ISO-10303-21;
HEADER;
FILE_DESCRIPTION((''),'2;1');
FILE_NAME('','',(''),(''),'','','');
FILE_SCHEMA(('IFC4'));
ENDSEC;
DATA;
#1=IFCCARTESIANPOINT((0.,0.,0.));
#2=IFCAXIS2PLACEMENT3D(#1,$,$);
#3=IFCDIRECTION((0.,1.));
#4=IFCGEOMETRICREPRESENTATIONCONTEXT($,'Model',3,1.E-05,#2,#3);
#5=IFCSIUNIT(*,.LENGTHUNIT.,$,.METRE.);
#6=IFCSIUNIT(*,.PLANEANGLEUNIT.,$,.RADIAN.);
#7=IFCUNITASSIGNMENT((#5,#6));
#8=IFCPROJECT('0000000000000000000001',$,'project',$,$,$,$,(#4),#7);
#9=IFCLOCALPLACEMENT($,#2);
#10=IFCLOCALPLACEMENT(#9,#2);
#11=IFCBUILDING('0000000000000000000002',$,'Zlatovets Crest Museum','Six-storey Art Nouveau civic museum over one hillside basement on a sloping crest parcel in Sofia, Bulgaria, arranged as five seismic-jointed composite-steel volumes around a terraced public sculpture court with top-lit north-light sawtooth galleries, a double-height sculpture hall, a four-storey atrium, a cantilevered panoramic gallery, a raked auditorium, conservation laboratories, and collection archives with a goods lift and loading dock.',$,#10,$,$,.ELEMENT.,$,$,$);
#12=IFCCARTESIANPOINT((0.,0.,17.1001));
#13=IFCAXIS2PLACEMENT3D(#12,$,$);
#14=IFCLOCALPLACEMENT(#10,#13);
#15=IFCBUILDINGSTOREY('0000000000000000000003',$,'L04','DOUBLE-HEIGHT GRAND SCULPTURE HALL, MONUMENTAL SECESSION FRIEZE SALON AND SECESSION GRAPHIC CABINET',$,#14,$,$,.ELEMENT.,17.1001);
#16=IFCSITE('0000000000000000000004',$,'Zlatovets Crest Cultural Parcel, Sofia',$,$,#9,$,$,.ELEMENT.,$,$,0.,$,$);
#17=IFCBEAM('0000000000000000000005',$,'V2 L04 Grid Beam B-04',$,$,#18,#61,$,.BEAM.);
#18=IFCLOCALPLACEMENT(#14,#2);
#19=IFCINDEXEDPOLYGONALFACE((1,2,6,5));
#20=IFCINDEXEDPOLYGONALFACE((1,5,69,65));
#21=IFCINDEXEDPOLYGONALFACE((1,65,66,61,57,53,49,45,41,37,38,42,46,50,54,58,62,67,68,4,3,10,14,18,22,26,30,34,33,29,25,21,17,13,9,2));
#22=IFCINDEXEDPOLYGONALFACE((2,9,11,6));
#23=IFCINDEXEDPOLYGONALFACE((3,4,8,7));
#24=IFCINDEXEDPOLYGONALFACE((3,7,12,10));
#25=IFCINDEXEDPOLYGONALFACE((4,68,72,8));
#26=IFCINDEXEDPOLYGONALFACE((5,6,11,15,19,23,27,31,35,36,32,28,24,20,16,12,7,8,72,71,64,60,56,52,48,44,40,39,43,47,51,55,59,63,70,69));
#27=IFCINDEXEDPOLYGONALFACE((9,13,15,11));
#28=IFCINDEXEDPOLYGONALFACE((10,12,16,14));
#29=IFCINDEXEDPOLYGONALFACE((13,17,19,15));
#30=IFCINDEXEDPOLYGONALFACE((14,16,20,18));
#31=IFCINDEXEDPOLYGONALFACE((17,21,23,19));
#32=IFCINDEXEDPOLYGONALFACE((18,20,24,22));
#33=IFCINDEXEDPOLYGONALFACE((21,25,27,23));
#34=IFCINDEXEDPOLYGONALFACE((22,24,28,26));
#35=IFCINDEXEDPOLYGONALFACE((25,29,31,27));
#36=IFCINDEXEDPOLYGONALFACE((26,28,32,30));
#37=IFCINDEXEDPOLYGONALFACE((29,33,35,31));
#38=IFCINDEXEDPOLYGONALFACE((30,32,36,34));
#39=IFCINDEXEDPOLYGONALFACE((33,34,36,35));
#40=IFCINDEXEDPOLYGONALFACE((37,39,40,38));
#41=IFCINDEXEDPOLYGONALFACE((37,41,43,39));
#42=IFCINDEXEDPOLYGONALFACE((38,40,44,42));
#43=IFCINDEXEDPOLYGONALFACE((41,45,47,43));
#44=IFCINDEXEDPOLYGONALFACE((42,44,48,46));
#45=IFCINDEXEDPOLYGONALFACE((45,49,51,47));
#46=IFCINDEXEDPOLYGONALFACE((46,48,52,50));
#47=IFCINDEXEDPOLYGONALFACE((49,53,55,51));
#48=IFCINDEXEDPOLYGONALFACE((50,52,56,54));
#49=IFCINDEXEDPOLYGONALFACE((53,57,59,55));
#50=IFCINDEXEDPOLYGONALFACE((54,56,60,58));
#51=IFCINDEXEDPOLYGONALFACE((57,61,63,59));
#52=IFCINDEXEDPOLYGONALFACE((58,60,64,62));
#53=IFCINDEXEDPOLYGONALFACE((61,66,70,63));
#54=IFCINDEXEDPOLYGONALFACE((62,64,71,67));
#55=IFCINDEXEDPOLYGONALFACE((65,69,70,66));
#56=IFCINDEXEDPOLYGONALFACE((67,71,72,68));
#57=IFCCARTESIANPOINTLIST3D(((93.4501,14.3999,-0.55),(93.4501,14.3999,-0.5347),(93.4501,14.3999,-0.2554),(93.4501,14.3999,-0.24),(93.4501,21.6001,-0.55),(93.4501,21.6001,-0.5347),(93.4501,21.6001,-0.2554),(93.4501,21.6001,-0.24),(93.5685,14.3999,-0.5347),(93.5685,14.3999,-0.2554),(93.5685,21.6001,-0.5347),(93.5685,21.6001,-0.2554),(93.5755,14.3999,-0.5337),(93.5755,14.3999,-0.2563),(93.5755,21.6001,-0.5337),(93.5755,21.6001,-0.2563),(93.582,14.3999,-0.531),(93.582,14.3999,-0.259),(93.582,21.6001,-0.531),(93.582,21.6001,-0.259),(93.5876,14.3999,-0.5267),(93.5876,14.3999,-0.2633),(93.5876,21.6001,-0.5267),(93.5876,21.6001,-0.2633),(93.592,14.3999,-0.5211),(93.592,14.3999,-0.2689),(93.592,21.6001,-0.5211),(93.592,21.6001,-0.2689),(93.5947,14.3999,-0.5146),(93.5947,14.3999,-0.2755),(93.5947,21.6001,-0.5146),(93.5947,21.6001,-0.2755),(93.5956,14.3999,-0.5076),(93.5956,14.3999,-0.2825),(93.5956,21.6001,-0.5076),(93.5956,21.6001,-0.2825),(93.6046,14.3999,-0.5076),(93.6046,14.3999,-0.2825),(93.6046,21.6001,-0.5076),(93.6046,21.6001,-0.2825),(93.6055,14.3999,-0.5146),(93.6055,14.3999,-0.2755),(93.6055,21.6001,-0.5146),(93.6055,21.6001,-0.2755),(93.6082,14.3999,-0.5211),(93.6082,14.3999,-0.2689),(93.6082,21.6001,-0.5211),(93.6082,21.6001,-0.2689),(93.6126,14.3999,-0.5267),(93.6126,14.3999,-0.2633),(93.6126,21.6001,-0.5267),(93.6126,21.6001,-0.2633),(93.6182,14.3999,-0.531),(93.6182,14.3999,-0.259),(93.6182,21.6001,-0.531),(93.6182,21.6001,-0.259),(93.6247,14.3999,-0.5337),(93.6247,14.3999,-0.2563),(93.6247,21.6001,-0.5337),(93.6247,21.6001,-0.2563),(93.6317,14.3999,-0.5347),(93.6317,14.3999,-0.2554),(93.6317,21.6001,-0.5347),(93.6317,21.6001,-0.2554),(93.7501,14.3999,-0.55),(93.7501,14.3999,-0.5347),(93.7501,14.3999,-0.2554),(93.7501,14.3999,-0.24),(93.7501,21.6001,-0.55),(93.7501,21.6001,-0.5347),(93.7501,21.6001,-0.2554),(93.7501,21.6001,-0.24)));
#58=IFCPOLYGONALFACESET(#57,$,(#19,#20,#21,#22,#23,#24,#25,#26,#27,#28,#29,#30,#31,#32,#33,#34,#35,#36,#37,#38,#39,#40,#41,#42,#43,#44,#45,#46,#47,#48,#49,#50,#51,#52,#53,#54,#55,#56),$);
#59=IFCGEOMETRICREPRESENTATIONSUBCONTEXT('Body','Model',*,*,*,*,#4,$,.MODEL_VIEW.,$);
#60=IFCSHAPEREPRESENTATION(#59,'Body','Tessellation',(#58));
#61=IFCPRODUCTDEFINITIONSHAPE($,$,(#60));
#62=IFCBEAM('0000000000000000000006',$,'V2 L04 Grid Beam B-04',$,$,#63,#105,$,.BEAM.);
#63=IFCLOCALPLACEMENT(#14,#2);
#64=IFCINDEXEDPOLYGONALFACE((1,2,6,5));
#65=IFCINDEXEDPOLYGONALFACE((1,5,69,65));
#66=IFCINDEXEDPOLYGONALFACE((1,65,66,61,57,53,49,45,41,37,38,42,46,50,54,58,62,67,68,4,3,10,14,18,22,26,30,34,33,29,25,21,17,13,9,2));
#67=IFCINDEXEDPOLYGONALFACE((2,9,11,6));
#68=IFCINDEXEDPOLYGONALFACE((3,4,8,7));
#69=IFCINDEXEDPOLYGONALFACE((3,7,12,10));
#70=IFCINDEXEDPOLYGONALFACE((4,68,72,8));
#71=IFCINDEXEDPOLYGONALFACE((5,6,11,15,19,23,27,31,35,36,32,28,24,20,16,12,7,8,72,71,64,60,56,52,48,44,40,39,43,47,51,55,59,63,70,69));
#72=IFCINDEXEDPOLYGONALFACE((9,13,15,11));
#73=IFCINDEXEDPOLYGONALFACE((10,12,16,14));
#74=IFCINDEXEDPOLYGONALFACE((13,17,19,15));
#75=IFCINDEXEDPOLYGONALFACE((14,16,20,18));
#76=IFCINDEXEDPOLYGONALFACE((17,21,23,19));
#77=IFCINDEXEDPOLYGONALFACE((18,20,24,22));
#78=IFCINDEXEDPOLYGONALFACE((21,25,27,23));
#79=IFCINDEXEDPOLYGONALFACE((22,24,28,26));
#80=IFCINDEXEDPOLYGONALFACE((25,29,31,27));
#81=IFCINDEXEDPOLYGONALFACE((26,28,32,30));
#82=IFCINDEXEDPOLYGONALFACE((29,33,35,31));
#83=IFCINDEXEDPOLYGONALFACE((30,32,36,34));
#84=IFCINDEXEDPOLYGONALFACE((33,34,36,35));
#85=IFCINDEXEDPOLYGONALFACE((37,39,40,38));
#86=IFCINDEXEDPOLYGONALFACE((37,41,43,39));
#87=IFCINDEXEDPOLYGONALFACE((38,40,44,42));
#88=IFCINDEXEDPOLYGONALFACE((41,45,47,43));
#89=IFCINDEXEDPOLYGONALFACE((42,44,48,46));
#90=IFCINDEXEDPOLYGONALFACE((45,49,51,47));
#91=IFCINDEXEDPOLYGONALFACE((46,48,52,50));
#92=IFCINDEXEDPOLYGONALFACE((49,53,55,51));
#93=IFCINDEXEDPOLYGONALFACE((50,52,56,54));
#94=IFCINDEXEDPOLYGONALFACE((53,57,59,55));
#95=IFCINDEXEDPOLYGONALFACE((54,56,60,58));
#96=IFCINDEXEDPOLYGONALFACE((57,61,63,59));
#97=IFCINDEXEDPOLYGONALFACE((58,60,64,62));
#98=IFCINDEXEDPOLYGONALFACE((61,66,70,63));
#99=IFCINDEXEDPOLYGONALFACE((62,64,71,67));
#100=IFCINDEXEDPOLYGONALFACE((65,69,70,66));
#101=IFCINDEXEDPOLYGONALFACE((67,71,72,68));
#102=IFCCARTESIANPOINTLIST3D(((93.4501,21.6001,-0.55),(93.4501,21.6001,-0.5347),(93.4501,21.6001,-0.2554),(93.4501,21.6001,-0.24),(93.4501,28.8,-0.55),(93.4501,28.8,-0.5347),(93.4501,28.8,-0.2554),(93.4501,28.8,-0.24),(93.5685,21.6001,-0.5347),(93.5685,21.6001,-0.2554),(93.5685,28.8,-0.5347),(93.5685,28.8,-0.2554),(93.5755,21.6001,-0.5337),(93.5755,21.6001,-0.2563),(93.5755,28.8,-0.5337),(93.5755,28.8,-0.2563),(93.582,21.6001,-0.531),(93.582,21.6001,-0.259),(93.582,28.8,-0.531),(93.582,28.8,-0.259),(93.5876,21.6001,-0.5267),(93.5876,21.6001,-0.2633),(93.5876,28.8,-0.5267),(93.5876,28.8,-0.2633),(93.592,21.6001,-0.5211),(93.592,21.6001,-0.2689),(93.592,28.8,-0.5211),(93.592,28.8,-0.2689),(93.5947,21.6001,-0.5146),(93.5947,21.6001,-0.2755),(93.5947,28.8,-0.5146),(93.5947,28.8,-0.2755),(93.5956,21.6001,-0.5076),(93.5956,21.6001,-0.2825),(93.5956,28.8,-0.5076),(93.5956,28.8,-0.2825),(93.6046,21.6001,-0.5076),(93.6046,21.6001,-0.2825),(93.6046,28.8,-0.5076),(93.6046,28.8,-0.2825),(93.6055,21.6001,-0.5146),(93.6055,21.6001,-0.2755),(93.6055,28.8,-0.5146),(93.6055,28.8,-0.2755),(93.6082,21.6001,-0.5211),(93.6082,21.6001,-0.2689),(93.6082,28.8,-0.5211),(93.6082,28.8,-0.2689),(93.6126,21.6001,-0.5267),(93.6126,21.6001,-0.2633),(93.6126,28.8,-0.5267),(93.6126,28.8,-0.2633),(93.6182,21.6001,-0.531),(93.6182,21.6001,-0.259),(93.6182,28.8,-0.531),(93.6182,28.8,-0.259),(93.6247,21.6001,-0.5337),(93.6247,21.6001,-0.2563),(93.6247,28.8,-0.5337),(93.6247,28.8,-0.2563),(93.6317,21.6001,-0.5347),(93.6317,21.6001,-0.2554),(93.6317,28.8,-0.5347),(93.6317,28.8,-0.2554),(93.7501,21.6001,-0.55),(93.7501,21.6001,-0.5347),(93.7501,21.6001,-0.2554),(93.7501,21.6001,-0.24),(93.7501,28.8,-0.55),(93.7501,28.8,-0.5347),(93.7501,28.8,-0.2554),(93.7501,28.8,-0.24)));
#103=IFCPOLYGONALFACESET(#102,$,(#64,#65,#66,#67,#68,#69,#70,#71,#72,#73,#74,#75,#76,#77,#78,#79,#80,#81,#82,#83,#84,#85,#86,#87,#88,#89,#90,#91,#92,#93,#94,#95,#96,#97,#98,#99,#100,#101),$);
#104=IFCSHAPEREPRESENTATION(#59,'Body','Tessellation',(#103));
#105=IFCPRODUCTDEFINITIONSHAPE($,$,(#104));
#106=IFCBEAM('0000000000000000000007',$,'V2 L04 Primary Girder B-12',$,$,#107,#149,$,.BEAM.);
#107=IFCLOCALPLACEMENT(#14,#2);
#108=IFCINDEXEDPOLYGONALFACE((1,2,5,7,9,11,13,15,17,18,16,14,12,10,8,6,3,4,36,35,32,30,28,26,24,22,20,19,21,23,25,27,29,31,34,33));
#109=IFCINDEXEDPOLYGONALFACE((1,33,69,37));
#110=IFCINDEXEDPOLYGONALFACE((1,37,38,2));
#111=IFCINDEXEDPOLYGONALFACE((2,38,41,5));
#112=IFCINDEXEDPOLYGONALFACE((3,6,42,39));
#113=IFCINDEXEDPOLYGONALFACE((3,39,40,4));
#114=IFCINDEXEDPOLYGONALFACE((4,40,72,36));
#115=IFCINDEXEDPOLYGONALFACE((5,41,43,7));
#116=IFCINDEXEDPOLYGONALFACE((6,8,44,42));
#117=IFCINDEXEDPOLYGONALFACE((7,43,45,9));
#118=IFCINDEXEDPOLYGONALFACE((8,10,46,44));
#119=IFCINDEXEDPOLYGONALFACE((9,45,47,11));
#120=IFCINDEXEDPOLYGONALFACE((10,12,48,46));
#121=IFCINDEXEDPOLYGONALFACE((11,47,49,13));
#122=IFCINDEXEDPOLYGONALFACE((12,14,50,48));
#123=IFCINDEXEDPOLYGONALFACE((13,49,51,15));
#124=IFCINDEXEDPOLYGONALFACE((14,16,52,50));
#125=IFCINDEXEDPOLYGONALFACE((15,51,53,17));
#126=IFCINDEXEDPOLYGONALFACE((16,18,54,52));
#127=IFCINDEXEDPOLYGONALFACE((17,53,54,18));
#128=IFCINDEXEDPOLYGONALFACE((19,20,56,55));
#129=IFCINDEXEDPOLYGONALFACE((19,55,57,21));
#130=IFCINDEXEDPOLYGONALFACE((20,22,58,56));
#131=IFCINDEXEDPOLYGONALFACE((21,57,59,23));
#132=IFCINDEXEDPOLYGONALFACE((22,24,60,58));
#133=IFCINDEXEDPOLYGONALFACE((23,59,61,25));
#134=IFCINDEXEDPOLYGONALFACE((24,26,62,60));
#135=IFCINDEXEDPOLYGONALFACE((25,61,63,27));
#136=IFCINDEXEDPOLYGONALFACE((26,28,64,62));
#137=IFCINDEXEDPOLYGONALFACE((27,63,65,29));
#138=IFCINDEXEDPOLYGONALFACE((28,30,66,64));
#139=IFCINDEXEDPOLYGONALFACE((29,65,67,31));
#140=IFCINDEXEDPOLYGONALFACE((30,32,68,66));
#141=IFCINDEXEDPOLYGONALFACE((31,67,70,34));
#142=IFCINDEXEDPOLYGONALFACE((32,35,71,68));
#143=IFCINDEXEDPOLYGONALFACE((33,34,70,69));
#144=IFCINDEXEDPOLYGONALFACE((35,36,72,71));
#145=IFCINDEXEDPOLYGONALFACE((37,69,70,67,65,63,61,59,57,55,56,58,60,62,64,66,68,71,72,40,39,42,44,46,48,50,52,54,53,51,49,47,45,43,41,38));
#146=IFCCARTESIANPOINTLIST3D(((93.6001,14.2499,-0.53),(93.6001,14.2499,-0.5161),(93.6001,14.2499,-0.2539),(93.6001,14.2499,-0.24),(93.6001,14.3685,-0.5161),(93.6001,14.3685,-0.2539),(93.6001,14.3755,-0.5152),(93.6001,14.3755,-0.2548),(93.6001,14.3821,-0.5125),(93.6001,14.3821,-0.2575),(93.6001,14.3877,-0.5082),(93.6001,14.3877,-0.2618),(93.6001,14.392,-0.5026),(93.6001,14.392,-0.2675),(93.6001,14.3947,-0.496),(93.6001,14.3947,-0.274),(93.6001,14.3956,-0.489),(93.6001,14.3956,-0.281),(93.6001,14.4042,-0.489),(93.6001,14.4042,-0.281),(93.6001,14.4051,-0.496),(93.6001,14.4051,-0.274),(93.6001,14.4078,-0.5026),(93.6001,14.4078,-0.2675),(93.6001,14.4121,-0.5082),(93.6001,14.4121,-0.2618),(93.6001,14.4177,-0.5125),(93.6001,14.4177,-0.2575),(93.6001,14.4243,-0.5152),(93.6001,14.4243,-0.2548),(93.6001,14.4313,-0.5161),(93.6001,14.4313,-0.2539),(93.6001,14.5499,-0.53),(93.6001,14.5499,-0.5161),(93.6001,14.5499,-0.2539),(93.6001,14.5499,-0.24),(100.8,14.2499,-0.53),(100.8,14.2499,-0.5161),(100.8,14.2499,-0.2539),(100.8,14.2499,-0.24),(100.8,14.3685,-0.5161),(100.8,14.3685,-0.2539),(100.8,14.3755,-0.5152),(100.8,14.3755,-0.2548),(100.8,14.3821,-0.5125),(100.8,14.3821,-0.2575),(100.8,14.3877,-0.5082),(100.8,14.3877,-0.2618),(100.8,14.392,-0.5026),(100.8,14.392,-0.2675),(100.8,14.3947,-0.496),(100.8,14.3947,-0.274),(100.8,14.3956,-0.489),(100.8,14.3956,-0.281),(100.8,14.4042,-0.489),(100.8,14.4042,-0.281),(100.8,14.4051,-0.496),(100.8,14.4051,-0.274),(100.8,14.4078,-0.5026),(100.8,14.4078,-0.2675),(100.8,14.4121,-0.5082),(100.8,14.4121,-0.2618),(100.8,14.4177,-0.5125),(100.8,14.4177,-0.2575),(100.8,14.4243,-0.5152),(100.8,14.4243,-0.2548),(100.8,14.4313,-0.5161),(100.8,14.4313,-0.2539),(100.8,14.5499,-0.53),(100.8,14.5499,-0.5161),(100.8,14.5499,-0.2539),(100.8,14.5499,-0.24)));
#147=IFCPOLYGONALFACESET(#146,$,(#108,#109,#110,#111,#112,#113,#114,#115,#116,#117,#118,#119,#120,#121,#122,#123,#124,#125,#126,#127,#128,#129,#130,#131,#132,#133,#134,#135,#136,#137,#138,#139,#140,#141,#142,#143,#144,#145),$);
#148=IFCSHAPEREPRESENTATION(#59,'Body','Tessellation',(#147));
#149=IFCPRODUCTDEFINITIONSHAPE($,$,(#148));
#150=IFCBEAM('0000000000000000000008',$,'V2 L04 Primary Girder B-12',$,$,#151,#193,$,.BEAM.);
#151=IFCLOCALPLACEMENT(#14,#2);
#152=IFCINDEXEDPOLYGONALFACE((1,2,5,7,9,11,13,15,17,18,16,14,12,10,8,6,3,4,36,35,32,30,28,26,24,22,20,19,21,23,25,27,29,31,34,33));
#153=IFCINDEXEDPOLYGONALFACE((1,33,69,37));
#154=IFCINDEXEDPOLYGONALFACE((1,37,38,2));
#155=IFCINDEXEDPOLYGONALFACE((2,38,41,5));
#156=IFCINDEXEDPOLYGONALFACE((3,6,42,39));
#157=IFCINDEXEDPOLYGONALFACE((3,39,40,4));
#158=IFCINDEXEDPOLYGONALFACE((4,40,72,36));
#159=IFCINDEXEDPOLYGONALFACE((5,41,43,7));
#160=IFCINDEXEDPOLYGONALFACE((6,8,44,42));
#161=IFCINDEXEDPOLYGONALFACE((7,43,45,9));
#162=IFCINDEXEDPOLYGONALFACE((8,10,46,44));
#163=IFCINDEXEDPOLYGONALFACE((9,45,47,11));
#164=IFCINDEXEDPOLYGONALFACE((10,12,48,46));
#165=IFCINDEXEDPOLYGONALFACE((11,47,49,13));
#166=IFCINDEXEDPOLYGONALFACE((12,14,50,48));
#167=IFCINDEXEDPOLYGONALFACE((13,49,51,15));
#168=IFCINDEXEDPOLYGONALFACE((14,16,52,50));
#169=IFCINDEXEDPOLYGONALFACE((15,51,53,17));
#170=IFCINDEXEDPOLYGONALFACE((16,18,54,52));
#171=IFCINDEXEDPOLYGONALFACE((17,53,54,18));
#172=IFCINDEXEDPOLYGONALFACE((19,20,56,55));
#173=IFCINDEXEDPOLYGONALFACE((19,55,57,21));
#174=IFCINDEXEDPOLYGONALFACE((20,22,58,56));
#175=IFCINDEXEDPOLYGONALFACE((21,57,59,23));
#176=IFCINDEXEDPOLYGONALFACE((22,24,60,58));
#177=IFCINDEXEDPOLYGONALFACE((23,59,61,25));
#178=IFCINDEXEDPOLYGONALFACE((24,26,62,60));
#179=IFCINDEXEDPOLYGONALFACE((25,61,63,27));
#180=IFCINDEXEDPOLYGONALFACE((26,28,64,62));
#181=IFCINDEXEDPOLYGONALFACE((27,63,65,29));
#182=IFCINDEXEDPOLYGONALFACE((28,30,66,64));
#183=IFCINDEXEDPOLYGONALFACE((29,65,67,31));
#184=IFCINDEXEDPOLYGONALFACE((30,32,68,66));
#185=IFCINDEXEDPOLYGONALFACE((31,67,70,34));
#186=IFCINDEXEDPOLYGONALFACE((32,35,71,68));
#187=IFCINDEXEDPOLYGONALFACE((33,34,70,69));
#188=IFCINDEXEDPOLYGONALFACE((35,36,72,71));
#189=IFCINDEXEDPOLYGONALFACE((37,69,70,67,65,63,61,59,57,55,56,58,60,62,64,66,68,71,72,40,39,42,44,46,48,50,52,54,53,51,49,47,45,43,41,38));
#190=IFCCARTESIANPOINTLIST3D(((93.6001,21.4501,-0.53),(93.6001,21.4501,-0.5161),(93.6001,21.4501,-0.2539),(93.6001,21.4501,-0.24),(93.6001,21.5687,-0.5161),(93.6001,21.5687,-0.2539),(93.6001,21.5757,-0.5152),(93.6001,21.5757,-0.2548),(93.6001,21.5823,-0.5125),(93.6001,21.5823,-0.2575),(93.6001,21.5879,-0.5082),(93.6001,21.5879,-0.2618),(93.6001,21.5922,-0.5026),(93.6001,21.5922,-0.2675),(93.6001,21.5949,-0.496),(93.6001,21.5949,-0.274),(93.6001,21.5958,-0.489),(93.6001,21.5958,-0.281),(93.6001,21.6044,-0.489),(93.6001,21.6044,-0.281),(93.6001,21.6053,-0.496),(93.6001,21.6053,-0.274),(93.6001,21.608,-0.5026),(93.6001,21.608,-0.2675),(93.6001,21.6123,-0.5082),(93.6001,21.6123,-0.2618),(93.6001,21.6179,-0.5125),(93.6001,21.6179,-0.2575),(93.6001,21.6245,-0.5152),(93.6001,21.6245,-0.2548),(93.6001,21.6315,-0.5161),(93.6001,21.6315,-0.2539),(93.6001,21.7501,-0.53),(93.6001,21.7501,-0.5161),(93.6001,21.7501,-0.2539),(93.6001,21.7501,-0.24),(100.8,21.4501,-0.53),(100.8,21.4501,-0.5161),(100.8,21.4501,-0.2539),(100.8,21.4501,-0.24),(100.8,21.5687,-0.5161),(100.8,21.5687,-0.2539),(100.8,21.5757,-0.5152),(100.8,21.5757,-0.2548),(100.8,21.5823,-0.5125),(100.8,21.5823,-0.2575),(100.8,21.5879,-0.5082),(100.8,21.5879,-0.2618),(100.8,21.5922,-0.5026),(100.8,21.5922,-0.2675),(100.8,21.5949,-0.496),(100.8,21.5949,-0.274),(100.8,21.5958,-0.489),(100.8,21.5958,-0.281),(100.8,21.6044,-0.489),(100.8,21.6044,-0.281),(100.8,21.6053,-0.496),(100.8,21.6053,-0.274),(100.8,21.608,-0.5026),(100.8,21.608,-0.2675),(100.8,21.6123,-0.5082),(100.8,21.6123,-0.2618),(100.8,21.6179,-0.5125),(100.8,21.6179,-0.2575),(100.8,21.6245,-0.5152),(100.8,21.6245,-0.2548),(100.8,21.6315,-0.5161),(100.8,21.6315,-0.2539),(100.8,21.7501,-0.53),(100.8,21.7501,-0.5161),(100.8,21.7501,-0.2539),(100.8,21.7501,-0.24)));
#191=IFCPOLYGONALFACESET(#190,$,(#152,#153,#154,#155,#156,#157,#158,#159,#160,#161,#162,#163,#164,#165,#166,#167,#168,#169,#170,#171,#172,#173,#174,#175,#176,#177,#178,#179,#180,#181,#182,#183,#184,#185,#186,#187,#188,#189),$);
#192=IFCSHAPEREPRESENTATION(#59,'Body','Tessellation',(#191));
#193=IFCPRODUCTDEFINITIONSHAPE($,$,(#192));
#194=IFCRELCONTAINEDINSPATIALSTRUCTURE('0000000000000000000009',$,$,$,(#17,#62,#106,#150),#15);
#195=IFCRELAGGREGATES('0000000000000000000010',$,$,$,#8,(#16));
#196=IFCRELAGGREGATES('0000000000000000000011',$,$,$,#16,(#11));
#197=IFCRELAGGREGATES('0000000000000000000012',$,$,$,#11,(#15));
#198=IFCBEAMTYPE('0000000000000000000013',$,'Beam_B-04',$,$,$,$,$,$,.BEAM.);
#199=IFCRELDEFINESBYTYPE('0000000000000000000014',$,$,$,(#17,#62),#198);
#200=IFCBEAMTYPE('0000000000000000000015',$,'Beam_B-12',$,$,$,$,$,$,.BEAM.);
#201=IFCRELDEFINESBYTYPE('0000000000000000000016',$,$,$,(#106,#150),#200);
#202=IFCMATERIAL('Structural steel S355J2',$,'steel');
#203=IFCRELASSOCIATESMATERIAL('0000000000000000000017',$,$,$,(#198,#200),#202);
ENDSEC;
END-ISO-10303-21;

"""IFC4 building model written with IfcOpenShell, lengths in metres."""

from ifc_helpers import new_model, si_unit, direction, frame, origin, origin_2d, place, context, subcontext, project, spatial, i_section, extrude, material, material_profile, profile_set, type_object, element, save


model = new_model("IFC4")

# Units and contexts
model_context = context("Model", 3, precision=1e-05, world=origin(), true_north=direction((0.0, 1.0)))
body_context = subcontext(model_context, "Body", "Model", "MODEL_VIEW")
ifc_project = project(units=[si_unit("LENGTHUNIT", "METRE"), si_unit("PLANEANGLEUNIT", "RADIAN")], contexts=[model_context])

# Site, building, storey
site_placement = place(None, origin())
site = spatial("IfcSite", under=ifc_project, at=site_placement, Name="Zlatovets Crest Cultural Parcel, Sofia", CompositionType="ELEMENT", RefElevation=0.0)
building_placement = place(site_placement, origin())
building = spatial("IfcBuilding", under=site, at=building_placement, Name="Zlatovets Crest Museum", Description="Six-storey Art Nouveau civic museum over one hillside basement on a sloping crest parcel in Sofia, Bulgaria, arranged as five seismic-jointed composite-steel volumes around a terraced public sculpture court with top-lit north-light sawtooth galleries, a double-height sculpture hall, a four-storey atrium, a cantilevered panoramic gallery, a raked auditorium, conservation laboratories, and collection archives with a goods lift and loading dock.", CompositionType="ELEMENT")
storey_placement = place(building_placement, frame((0.0, 0.0, 17.1001)))
storey = spatial("IfcBuildingStorey", under=building, at=storey_placement, Name="L04", Description="DOUBLE-HEIGHT GRAND SCULPTURE HALL, MONUMENTAL SECESSION FRIEZE SALON AND SECESSION GRAPHIC CABINET", CompositionType="ELEMENT", Elevation=17.1001)

# Shared definitions
ifc_material_1 = material(Name="Structural steel S355J2", Category="steel")

# Beams
ifc_material_profile_1 = material_profile(ifc_material_1, i_section(OverallWidth=0.3, OverallDepth=0.3101, WebThickness=0.009, FlangeThickness=0.0154, FilletRadius=0.0271, at=origin_2d()), Name="HEA 320")
ifc_profile_set_1 = profile_set([ifc_material_profile_1], Name="Structural steel S355J2")
beam_type_1 = type_object("IfcBeamType", Name="Beam_B-04", PredefinedType="BEAM", material=ifc_profile_set_1)
beam_1_placement = place(storey_placement, frame((93.6001, 14.3999, -0.395), z_axis=(0.0, 1.0, 0.0), x_axis=(-1.0, 0.0, 0.0)))
element("IfcBeam", 1, at=beam_1_placement, inside=storey, type_object=beam_type_1, Name="V2 L04 Grid Beam B-04", PredefinedType="BEAM", context=body_context, shape_type="SweptSolid", body=[
    extrude(i_section(OverallWidth=0.3, OverallDepth=0.3101, WebThickness=0.009, FlangeThickness=0.0154, FilletRadius=0.0271, at=origin_2d()), origin(), (0.0, 0.0, 1.0), 7.2002),
])
beam_2_placement = place(storey_placement, frame((93.6001, 21.6001, -0.395), z_axis=(0.0, 1.0, 0.0), x_axis=(-1.0, 0.0, 0.0)))
element("IfcBeam", 2, at=beam_2_placement, inside=storey, type_object=beam_type_1, Name="V2 L04 Grid Beam B-04", PredefinedType="BEAM", context=body_context, shape_type="SweptSolid", body=[
    extrude(i_section(OverallWidth=0.3, OverallDepth=0.3101, WebThickness=0.009, FlangeThickness=0.0154, FilletRadius=0.0271, at=origin_2d()), origin(), (0.0, 0.0, 1.0), 7.2),
])
ifc_material_profile_2 = material_profile(ifc_material_1, i_section(OverallWidth=0.3, OverallDepth=0.29, WebThickness=0.0085, FlangeThickness=0.0139, FilletRadius=0.0271, at=origin_2d()), Name="HEA 300")
ifc_profile_set_2 = profile_set([ifc_material_profile_2], Name="Structural steel S355J2")
beam_type_2 = type_object("IfcBeamType", Name="Beam_B-12", PredefinedType="BEAM", material=ifc_profile_set_2)
for number, where, z_axis, x_axis, name in (
    (3, (93.6001, 14.3999, -0.385), (1.0, 0.0, 0.0), (0.0, 1.0, 0.0), "V2 L04 Primary Girder B-12"),
    (4, (93.6001, 21.6001, -0.385), (1.0, 0.0, 0.0), (0.0, 1.0, 0.0), "V2 L04 Primary Girder B-12"),
):
    element("IfcBeam", number, at=place(storey_placement, frame(where, z_axis=z_axis, x_axis=x_axis)), inside=storey, type_object=beam_type_2, Name=name, PredefinedType="BEAM", context=body_context, shape_type="SweptSolid", body=[
        extrude(i_section(OverallWidth=0.3, OverallDepth=0.29, WebThickness=0.0085, FlangeThickness=0.0139, FilletRadius=0.0271, at=origin_2d()), origin(), (0.0, 0.0, 1.0), 7.2),
    ])

save(model, "model.ifc")
